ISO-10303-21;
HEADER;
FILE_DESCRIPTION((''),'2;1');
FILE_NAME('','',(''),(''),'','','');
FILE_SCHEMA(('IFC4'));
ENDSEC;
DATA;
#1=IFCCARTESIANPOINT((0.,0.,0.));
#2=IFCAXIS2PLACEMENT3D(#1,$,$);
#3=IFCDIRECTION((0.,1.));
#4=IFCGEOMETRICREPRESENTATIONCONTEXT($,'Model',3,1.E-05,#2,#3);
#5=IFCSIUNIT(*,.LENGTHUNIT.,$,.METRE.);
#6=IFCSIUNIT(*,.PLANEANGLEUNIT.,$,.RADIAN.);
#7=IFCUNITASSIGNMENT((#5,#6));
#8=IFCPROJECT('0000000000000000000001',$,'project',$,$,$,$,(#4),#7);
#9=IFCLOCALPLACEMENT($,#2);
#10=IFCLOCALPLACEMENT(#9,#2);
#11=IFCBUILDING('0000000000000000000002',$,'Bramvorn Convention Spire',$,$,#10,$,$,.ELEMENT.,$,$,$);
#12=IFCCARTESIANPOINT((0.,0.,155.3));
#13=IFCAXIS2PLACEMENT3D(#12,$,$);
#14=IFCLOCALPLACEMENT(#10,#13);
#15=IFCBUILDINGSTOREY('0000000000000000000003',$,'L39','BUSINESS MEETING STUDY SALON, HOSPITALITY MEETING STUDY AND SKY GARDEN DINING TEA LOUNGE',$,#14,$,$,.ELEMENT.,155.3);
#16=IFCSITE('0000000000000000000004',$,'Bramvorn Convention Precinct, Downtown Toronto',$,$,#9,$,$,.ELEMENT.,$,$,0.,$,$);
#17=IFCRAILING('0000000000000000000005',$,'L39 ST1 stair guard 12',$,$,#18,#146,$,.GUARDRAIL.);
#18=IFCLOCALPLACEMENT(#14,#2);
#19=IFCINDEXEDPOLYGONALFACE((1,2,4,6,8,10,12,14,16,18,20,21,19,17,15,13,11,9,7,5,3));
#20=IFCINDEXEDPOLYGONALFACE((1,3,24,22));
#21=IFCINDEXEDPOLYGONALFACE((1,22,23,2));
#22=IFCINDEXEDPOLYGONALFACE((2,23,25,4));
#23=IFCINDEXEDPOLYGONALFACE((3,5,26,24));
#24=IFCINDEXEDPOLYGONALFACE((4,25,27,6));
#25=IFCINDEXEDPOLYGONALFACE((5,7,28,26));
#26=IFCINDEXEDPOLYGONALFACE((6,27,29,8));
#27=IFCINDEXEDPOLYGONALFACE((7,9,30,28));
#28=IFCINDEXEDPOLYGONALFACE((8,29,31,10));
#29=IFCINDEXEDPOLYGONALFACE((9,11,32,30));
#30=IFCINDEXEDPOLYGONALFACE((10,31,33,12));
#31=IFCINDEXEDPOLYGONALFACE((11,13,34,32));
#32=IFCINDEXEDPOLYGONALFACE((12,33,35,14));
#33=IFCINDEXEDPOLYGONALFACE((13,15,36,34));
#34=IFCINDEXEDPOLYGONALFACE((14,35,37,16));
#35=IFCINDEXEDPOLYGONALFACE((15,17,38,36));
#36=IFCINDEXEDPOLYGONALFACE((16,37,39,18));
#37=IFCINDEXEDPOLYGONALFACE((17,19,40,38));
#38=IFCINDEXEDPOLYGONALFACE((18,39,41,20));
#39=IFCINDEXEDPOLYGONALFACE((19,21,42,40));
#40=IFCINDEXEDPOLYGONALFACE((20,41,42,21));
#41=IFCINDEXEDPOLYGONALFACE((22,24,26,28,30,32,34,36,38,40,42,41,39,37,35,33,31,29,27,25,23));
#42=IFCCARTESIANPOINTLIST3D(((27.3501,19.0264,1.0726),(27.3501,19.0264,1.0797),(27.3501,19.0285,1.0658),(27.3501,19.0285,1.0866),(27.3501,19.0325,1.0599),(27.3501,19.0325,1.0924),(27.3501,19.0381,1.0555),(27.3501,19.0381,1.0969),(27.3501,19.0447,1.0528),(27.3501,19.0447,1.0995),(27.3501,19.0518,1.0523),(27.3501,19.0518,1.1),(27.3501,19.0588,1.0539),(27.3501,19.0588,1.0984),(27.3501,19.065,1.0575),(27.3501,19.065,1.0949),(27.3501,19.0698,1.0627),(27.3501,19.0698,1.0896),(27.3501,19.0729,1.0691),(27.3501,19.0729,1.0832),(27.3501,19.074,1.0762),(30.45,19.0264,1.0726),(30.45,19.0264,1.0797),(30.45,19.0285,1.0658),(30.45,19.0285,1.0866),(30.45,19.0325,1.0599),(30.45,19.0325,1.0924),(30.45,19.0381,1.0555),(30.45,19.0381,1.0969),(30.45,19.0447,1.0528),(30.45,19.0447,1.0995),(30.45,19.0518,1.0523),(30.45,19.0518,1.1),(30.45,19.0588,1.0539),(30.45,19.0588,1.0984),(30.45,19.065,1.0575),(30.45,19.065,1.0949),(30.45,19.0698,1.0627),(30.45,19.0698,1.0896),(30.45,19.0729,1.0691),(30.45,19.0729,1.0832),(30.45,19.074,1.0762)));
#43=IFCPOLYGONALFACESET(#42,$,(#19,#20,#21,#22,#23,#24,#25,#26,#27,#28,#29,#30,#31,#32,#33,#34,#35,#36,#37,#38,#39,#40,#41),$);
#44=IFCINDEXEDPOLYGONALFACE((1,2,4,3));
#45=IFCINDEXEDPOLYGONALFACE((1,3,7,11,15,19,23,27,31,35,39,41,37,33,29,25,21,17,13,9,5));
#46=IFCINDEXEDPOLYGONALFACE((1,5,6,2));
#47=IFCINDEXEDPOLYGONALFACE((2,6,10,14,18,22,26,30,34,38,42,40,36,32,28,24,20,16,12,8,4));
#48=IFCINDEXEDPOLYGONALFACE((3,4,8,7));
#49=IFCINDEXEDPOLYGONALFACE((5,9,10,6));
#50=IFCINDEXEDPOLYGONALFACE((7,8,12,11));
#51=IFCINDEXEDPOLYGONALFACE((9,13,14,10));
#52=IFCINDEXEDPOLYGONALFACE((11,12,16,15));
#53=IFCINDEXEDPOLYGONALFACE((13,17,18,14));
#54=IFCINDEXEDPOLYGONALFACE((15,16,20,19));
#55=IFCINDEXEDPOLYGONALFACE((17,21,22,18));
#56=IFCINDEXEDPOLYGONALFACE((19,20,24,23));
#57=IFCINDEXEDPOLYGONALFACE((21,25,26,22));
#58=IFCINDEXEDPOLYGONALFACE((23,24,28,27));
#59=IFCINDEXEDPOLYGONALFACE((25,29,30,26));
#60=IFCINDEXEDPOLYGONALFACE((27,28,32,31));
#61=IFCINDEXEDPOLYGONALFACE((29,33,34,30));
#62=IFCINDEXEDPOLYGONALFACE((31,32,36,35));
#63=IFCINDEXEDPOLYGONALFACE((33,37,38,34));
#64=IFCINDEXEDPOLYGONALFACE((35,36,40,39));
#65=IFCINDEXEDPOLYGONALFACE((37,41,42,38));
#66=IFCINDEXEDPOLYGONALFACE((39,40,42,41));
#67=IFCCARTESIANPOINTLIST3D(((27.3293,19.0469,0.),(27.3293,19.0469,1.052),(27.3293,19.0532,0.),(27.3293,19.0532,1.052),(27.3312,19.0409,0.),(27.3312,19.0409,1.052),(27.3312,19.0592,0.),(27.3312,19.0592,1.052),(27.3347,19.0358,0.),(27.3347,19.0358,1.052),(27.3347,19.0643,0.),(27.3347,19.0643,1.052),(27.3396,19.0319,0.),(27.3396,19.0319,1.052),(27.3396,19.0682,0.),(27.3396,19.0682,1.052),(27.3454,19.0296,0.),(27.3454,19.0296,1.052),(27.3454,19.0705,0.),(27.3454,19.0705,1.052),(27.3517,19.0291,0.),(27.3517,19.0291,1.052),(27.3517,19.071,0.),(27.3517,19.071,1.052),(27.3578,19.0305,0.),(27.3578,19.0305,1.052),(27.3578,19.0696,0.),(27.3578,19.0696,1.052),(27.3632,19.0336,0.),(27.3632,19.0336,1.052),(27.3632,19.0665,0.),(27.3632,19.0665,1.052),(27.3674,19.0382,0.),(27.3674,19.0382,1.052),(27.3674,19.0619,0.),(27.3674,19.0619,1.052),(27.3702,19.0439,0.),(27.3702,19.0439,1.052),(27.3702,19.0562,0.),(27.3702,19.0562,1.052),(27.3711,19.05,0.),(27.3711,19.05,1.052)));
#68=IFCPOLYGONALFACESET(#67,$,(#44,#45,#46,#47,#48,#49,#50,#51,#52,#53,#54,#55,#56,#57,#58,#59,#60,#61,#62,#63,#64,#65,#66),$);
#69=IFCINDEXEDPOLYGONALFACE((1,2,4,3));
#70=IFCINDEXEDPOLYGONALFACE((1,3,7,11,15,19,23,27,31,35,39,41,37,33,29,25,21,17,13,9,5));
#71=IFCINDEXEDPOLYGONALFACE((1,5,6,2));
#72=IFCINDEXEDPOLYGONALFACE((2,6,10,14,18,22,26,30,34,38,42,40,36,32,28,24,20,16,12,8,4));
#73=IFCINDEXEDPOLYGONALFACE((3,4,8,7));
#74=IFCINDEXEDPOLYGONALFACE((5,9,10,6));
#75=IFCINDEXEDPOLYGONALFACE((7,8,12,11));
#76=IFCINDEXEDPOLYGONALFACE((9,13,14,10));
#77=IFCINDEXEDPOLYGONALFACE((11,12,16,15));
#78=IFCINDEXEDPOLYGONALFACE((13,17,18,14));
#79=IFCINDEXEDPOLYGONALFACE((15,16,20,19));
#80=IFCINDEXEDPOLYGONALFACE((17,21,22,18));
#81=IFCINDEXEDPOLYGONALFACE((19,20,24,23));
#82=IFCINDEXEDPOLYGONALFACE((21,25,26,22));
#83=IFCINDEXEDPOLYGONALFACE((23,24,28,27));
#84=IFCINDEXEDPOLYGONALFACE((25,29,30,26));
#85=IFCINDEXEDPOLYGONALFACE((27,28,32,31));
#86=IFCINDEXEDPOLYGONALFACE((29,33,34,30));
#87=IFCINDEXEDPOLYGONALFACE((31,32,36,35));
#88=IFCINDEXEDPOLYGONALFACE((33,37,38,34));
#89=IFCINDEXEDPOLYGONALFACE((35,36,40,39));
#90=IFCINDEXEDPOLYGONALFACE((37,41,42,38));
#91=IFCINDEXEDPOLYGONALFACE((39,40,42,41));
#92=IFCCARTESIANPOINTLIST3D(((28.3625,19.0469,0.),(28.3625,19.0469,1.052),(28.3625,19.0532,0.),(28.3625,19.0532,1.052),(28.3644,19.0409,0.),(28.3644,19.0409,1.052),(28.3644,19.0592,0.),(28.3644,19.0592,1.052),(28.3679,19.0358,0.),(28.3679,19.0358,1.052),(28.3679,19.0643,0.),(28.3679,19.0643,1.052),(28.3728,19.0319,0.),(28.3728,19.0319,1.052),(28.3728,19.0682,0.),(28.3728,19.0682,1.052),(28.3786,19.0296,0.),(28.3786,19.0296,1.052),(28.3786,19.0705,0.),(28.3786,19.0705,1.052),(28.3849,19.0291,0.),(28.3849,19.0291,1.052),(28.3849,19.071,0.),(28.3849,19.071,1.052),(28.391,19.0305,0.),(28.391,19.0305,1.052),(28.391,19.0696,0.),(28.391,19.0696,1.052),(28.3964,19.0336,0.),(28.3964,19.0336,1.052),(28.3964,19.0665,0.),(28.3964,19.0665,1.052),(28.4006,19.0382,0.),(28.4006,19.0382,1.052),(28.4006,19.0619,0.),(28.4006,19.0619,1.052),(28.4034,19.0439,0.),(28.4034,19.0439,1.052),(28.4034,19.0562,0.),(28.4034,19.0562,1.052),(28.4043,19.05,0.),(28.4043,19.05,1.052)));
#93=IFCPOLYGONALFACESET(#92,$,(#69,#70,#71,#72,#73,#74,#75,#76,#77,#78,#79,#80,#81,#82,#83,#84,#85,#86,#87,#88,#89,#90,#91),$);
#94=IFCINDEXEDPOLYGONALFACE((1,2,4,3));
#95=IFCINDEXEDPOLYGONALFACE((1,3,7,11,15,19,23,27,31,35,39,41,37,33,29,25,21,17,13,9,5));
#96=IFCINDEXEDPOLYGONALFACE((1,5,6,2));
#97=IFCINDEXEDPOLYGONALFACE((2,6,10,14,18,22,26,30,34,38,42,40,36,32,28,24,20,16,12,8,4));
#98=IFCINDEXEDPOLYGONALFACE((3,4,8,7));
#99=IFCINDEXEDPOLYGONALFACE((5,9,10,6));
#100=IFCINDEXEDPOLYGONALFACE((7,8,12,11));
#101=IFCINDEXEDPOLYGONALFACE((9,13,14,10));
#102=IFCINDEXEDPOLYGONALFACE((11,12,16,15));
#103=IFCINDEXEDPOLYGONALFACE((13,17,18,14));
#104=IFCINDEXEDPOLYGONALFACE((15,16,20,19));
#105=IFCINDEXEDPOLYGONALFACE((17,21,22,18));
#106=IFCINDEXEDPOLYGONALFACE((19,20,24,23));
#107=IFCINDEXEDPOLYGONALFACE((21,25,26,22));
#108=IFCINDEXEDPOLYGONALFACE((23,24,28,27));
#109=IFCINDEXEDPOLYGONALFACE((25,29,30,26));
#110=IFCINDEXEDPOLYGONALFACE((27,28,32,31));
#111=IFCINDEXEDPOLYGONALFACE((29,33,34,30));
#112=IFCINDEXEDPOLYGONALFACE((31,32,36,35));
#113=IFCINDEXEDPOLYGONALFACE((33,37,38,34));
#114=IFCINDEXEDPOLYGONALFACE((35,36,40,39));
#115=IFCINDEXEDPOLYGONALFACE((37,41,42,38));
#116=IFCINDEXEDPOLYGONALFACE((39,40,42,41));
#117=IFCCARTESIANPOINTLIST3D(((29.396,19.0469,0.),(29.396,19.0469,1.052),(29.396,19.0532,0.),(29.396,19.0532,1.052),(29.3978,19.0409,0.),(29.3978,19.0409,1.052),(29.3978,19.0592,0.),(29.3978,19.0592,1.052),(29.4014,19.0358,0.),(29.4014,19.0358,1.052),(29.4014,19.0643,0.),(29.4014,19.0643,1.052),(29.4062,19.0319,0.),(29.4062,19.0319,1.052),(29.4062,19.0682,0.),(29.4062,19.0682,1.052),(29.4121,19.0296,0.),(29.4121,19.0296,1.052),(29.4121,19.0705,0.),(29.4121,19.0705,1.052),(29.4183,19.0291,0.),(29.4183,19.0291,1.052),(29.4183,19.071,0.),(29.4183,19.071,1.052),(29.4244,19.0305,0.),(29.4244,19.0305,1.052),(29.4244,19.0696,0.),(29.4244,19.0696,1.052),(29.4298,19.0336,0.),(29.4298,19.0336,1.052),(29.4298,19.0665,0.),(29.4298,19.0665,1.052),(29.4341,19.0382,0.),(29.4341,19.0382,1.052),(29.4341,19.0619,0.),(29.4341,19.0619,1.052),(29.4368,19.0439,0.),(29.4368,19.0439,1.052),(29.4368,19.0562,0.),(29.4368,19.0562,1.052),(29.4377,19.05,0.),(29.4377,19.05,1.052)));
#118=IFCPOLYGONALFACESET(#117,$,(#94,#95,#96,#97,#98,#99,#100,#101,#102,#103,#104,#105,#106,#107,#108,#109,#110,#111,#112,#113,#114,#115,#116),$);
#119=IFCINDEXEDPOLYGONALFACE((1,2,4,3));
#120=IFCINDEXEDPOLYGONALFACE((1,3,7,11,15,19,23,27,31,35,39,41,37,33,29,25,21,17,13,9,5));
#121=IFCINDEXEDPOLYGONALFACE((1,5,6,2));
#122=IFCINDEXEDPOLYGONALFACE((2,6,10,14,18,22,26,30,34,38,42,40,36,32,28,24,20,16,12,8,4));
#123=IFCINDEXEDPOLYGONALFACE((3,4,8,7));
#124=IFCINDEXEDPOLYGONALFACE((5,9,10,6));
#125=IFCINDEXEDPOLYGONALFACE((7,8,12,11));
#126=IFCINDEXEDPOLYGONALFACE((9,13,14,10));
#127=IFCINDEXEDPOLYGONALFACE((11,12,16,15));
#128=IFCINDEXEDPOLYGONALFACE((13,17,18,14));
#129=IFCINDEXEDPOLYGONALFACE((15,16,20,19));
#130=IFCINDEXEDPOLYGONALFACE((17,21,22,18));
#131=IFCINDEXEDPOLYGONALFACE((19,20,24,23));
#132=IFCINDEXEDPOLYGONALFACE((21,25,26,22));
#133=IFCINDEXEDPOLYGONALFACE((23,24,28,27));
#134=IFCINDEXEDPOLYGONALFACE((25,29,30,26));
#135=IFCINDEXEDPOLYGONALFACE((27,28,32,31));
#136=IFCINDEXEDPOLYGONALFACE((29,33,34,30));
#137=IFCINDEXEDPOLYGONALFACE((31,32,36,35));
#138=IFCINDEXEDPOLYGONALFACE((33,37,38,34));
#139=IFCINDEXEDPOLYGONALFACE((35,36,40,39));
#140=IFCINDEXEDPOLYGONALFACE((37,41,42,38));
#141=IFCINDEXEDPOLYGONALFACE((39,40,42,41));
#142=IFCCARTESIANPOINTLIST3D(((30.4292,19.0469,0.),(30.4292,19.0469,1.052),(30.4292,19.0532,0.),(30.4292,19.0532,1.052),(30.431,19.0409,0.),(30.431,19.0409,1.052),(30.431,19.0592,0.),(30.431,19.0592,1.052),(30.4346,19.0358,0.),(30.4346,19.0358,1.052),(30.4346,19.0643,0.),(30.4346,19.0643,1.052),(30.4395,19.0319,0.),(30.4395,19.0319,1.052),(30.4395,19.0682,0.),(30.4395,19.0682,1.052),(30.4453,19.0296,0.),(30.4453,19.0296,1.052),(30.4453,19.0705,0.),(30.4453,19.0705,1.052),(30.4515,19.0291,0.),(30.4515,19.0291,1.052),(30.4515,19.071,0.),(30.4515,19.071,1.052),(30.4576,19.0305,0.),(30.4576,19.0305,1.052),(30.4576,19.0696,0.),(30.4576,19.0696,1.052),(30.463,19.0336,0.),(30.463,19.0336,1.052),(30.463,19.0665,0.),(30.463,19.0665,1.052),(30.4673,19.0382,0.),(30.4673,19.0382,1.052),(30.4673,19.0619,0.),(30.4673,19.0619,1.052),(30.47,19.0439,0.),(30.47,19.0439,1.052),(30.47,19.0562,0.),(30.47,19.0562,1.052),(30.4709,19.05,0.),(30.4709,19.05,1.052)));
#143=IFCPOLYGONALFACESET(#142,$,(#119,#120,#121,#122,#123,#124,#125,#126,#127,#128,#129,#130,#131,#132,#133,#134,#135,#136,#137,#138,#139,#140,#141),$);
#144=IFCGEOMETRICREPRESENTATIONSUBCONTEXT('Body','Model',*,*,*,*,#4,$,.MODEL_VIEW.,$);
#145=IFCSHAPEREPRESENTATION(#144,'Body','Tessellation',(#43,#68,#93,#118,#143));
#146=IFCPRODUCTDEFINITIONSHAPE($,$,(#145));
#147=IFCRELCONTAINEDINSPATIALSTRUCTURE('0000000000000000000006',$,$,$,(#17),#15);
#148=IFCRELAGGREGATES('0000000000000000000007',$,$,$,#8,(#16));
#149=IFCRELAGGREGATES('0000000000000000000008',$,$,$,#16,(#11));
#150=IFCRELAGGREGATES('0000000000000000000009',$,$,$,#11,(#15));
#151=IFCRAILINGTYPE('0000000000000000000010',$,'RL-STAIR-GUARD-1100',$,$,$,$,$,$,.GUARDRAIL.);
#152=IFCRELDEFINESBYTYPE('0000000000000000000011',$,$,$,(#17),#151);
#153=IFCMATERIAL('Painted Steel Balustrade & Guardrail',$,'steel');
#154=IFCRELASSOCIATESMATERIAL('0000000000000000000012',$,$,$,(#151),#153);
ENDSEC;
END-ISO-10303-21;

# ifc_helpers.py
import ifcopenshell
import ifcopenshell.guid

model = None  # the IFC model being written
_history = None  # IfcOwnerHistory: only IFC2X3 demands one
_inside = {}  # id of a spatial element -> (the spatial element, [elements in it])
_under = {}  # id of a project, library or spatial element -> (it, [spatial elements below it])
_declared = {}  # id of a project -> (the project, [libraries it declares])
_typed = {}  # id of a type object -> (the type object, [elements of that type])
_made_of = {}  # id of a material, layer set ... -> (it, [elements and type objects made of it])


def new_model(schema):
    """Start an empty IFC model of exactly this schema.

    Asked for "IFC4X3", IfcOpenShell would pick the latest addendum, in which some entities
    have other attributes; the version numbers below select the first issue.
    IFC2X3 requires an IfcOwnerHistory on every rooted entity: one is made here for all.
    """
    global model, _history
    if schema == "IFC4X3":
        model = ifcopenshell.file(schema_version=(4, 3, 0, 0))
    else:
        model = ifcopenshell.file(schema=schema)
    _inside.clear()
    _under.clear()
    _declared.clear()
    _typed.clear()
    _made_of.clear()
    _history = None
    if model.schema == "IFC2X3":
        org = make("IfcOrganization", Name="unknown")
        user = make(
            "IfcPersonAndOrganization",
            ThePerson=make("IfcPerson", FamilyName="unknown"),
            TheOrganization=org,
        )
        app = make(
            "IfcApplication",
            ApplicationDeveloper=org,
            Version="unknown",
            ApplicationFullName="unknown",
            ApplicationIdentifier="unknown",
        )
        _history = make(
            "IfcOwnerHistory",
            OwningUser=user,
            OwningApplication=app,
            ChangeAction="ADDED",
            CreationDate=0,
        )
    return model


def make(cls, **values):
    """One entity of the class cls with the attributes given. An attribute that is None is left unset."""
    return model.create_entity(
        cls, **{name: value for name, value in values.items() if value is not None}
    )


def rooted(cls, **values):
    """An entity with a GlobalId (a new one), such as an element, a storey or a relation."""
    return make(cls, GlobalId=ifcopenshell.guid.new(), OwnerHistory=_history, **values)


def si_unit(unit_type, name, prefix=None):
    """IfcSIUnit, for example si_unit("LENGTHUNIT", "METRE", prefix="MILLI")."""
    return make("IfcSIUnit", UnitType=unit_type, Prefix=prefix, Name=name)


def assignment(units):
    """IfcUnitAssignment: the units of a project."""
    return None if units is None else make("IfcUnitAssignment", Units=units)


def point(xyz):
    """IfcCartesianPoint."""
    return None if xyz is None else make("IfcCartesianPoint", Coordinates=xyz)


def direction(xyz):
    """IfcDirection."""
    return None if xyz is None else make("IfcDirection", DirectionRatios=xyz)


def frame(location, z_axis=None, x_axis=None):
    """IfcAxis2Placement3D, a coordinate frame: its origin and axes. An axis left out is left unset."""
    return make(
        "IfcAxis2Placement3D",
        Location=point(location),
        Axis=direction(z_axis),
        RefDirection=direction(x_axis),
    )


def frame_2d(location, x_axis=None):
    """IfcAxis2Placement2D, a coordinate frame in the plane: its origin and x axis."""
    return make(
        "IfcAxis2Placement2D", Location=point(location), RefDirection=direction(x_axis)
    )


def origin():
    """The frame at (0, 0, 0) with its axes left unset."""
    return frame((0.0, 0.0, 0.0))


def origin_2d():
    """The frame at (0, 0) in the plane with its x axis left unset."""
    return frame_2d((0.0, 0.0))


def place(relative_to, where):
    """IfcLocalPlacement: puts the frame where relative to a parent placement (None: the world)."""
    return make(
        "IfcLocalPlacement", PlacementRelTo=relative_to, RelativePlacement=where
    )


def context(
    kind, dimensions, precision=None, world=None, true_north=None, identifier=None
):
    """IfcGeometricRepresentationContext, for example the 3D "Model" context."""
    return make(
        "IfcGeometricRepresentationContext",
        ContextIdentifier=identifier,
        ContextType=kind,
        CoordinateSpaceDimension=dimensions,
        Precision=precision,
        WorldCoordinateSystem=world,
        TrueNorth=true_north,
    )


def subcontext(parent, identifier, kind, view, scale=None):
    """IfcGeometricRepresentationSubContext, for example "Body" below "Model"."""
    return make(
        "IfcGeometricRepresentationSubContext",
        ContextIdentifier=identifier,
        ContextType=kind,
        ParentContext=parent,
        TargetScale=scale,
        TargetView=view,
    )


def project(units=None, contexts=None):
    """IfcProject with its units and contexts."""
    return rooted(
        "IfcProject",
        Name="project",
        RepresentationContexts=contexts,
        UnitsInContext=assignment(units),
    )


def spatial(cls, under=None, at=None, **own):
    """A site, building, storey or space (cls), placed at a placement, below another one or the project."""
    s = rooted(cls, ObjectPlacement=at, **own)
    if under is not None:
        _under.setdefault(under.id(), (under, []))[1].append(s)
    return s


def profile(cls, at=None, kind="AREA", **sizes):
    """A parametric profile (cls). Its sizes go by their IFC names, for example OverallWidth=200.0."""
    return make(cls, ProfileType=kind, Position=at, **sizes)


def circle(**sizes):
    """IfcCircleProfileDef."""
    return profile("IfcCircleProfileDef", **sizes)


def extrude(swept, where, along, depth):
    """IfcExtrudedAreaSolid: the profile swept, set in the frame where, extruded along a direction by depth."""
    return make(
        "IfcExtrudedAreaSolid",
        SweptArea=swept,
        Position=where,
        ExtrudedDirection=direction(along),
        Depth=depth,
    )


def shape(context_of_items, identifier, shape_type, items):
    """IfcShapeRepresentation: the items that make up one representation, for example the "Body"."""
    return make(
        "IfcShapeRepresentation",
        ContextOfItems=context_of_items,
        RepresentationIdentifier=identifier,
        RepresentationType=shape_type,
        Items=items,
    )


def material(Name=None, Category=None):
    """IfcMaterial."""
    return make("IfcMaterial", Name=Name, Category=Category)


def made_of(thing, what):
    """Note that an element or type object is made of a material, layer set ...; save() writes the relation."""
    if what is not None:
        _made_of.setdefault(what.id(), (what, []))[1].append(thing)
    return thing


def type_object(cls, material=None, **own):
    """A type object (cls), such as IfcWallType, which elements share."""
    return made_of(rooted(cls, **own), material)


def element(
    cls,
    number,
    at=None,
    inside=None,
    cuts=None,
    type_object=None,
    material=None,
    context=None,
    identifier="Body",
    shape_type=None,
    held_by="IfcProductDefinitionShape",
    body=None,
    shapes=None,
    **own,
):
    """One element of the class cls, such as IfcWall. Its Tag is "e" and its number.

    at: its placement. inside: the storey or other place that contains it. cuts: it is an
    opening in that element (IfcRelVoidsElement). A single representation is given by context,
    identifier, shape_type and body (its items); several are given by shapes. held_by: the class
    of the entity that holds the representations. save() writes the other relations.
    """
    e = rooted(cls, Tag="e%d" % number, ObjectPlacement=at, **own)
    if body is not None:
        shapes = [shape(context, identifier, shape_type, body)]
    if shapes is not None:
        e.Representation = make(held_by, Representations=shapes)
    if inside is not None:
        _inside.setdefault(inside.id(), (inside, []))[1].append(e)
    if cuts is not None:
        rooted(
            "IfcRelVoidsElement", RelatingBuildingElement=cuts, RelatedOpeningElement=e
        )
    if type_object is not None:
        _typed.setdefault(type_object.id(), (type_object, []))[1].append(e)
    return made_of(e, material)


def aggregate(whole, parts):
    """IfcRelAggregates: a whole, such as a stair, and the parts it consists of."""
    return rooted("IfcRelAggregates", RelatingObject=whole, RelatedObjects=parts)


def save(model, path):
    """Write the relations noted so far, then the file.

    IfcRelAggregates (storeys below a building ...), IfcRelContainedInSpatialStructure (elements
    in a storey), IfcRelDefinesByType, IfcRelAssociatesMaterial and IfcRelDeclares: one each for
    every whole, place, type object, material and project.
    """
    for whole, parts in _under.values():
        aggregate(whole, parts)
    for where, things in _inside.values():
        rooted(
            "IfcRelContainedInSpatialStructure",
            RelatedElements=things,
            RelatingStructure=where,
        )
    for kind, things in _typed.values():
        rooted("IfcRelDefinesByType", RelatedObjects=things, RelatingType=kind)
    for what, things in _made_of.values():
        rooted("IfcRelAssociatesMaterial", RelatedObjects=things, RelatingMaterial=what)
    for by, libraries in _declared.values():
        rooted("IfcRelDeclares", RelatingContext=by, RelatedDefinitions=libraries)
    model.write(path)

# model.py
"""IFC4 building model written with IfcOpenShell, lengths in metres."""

from ifc_helpers import new_model, si_unit, direction, frame, origin, origin_2d, place, context, subcontext, project, spatial, circle, extrude, material, type_object, element, save


model = new_model("IFC4")

# Units and contexts
model_context = context("Model", 3, precision=1e-05, world=origin(), true_north=direction((0.0, 1.0)))
body_context = subcontext(model_context, "Body", "Model", "MODEL_VIEW")
ifc_project = project(units=[si_unit("LENGTHUNIT", "METRE"), si_unit("PLANEANGLEUNIT", "RADIAN")], contexts=[model_context])

# Site, building, storey
site_placement = place(None, origin())
site = spatial("IfcSite", under=ifc_project, at=site_placement, Name="Bramvorn Convention Precinct, Downtown Toronto", CompositionType="ELEMENT", RefElevation=0.0)
building_placement = place(site_placement, origin())
building = spatial("IfcBuilding", under=site, at=building_placement, Name="Bramvorn Convention Spire", CompositionType="ELEMENT")
storey_placement = place(building_placement, frame((0.0, 0.0, 155.3)))
storey = spatial("IfcBuildingStorey", under=building, at=storey_placement, Name="L39", Description="BUSINESS MEETING STUDY SALON, HOSPITALITY MEETING STUDY AND SKY GARDEN DINING TEA LOUNGE", CompositionType="ELEMENT", Elevation=155.3)

# Railing
ifc_material_1 = material(Name="Painted Steel Balustrade & Guardrail", Category="steel")
railing_type = type_object("IfcRailingType", Name="RL-STAIR-GUARD-1100", PredefinedType="GUARDRAIL", material=ifc_material_1)
railing_placement = place(storey_placement, frame((27.3501, 19.05, 0.0)))
element("IfcRailing", 1, at=railing_placement, inside=storey, type_object=railing_type, Name="L39 ST1 stair guard 12", PredefinedType="GUARDRAIL", context=body_context, shape_type="SweptSolid", body=[
    extrude(circle(Radius=0.0239, at=origin_2d()), frame((0.0, 0.0, 1.0762), z_axis=(1.0, 0.0, 0.0), x_axis=(0.0, 1.0, 0.0)), (0.0, 0.0, 1.0), 3.0999),
    extrude(circle(Radius=0.021, at=origin_2d()), origin(), (0.0, 0.0, 1.0), 1.052),
    extrude(circle(Radius=0.021, at=origin_2d()), frame((1.0332, 0.0, 0.0)), (0.0, 0.0, 1.0), 1.052),
    extrude(circle(Radius=0.021, at=origin_2d()), frame((2.0667, 0.0, 0.0)), (0.0, 0.0, 1.0), 1.052),
    extrude(circle(Radius=0.021, at=origin_2d()), frame((3.0999, 0.0, 0.0)), (0.0, 0.0, 1.0), 1.052),
])

save(model, "model.ifc")
